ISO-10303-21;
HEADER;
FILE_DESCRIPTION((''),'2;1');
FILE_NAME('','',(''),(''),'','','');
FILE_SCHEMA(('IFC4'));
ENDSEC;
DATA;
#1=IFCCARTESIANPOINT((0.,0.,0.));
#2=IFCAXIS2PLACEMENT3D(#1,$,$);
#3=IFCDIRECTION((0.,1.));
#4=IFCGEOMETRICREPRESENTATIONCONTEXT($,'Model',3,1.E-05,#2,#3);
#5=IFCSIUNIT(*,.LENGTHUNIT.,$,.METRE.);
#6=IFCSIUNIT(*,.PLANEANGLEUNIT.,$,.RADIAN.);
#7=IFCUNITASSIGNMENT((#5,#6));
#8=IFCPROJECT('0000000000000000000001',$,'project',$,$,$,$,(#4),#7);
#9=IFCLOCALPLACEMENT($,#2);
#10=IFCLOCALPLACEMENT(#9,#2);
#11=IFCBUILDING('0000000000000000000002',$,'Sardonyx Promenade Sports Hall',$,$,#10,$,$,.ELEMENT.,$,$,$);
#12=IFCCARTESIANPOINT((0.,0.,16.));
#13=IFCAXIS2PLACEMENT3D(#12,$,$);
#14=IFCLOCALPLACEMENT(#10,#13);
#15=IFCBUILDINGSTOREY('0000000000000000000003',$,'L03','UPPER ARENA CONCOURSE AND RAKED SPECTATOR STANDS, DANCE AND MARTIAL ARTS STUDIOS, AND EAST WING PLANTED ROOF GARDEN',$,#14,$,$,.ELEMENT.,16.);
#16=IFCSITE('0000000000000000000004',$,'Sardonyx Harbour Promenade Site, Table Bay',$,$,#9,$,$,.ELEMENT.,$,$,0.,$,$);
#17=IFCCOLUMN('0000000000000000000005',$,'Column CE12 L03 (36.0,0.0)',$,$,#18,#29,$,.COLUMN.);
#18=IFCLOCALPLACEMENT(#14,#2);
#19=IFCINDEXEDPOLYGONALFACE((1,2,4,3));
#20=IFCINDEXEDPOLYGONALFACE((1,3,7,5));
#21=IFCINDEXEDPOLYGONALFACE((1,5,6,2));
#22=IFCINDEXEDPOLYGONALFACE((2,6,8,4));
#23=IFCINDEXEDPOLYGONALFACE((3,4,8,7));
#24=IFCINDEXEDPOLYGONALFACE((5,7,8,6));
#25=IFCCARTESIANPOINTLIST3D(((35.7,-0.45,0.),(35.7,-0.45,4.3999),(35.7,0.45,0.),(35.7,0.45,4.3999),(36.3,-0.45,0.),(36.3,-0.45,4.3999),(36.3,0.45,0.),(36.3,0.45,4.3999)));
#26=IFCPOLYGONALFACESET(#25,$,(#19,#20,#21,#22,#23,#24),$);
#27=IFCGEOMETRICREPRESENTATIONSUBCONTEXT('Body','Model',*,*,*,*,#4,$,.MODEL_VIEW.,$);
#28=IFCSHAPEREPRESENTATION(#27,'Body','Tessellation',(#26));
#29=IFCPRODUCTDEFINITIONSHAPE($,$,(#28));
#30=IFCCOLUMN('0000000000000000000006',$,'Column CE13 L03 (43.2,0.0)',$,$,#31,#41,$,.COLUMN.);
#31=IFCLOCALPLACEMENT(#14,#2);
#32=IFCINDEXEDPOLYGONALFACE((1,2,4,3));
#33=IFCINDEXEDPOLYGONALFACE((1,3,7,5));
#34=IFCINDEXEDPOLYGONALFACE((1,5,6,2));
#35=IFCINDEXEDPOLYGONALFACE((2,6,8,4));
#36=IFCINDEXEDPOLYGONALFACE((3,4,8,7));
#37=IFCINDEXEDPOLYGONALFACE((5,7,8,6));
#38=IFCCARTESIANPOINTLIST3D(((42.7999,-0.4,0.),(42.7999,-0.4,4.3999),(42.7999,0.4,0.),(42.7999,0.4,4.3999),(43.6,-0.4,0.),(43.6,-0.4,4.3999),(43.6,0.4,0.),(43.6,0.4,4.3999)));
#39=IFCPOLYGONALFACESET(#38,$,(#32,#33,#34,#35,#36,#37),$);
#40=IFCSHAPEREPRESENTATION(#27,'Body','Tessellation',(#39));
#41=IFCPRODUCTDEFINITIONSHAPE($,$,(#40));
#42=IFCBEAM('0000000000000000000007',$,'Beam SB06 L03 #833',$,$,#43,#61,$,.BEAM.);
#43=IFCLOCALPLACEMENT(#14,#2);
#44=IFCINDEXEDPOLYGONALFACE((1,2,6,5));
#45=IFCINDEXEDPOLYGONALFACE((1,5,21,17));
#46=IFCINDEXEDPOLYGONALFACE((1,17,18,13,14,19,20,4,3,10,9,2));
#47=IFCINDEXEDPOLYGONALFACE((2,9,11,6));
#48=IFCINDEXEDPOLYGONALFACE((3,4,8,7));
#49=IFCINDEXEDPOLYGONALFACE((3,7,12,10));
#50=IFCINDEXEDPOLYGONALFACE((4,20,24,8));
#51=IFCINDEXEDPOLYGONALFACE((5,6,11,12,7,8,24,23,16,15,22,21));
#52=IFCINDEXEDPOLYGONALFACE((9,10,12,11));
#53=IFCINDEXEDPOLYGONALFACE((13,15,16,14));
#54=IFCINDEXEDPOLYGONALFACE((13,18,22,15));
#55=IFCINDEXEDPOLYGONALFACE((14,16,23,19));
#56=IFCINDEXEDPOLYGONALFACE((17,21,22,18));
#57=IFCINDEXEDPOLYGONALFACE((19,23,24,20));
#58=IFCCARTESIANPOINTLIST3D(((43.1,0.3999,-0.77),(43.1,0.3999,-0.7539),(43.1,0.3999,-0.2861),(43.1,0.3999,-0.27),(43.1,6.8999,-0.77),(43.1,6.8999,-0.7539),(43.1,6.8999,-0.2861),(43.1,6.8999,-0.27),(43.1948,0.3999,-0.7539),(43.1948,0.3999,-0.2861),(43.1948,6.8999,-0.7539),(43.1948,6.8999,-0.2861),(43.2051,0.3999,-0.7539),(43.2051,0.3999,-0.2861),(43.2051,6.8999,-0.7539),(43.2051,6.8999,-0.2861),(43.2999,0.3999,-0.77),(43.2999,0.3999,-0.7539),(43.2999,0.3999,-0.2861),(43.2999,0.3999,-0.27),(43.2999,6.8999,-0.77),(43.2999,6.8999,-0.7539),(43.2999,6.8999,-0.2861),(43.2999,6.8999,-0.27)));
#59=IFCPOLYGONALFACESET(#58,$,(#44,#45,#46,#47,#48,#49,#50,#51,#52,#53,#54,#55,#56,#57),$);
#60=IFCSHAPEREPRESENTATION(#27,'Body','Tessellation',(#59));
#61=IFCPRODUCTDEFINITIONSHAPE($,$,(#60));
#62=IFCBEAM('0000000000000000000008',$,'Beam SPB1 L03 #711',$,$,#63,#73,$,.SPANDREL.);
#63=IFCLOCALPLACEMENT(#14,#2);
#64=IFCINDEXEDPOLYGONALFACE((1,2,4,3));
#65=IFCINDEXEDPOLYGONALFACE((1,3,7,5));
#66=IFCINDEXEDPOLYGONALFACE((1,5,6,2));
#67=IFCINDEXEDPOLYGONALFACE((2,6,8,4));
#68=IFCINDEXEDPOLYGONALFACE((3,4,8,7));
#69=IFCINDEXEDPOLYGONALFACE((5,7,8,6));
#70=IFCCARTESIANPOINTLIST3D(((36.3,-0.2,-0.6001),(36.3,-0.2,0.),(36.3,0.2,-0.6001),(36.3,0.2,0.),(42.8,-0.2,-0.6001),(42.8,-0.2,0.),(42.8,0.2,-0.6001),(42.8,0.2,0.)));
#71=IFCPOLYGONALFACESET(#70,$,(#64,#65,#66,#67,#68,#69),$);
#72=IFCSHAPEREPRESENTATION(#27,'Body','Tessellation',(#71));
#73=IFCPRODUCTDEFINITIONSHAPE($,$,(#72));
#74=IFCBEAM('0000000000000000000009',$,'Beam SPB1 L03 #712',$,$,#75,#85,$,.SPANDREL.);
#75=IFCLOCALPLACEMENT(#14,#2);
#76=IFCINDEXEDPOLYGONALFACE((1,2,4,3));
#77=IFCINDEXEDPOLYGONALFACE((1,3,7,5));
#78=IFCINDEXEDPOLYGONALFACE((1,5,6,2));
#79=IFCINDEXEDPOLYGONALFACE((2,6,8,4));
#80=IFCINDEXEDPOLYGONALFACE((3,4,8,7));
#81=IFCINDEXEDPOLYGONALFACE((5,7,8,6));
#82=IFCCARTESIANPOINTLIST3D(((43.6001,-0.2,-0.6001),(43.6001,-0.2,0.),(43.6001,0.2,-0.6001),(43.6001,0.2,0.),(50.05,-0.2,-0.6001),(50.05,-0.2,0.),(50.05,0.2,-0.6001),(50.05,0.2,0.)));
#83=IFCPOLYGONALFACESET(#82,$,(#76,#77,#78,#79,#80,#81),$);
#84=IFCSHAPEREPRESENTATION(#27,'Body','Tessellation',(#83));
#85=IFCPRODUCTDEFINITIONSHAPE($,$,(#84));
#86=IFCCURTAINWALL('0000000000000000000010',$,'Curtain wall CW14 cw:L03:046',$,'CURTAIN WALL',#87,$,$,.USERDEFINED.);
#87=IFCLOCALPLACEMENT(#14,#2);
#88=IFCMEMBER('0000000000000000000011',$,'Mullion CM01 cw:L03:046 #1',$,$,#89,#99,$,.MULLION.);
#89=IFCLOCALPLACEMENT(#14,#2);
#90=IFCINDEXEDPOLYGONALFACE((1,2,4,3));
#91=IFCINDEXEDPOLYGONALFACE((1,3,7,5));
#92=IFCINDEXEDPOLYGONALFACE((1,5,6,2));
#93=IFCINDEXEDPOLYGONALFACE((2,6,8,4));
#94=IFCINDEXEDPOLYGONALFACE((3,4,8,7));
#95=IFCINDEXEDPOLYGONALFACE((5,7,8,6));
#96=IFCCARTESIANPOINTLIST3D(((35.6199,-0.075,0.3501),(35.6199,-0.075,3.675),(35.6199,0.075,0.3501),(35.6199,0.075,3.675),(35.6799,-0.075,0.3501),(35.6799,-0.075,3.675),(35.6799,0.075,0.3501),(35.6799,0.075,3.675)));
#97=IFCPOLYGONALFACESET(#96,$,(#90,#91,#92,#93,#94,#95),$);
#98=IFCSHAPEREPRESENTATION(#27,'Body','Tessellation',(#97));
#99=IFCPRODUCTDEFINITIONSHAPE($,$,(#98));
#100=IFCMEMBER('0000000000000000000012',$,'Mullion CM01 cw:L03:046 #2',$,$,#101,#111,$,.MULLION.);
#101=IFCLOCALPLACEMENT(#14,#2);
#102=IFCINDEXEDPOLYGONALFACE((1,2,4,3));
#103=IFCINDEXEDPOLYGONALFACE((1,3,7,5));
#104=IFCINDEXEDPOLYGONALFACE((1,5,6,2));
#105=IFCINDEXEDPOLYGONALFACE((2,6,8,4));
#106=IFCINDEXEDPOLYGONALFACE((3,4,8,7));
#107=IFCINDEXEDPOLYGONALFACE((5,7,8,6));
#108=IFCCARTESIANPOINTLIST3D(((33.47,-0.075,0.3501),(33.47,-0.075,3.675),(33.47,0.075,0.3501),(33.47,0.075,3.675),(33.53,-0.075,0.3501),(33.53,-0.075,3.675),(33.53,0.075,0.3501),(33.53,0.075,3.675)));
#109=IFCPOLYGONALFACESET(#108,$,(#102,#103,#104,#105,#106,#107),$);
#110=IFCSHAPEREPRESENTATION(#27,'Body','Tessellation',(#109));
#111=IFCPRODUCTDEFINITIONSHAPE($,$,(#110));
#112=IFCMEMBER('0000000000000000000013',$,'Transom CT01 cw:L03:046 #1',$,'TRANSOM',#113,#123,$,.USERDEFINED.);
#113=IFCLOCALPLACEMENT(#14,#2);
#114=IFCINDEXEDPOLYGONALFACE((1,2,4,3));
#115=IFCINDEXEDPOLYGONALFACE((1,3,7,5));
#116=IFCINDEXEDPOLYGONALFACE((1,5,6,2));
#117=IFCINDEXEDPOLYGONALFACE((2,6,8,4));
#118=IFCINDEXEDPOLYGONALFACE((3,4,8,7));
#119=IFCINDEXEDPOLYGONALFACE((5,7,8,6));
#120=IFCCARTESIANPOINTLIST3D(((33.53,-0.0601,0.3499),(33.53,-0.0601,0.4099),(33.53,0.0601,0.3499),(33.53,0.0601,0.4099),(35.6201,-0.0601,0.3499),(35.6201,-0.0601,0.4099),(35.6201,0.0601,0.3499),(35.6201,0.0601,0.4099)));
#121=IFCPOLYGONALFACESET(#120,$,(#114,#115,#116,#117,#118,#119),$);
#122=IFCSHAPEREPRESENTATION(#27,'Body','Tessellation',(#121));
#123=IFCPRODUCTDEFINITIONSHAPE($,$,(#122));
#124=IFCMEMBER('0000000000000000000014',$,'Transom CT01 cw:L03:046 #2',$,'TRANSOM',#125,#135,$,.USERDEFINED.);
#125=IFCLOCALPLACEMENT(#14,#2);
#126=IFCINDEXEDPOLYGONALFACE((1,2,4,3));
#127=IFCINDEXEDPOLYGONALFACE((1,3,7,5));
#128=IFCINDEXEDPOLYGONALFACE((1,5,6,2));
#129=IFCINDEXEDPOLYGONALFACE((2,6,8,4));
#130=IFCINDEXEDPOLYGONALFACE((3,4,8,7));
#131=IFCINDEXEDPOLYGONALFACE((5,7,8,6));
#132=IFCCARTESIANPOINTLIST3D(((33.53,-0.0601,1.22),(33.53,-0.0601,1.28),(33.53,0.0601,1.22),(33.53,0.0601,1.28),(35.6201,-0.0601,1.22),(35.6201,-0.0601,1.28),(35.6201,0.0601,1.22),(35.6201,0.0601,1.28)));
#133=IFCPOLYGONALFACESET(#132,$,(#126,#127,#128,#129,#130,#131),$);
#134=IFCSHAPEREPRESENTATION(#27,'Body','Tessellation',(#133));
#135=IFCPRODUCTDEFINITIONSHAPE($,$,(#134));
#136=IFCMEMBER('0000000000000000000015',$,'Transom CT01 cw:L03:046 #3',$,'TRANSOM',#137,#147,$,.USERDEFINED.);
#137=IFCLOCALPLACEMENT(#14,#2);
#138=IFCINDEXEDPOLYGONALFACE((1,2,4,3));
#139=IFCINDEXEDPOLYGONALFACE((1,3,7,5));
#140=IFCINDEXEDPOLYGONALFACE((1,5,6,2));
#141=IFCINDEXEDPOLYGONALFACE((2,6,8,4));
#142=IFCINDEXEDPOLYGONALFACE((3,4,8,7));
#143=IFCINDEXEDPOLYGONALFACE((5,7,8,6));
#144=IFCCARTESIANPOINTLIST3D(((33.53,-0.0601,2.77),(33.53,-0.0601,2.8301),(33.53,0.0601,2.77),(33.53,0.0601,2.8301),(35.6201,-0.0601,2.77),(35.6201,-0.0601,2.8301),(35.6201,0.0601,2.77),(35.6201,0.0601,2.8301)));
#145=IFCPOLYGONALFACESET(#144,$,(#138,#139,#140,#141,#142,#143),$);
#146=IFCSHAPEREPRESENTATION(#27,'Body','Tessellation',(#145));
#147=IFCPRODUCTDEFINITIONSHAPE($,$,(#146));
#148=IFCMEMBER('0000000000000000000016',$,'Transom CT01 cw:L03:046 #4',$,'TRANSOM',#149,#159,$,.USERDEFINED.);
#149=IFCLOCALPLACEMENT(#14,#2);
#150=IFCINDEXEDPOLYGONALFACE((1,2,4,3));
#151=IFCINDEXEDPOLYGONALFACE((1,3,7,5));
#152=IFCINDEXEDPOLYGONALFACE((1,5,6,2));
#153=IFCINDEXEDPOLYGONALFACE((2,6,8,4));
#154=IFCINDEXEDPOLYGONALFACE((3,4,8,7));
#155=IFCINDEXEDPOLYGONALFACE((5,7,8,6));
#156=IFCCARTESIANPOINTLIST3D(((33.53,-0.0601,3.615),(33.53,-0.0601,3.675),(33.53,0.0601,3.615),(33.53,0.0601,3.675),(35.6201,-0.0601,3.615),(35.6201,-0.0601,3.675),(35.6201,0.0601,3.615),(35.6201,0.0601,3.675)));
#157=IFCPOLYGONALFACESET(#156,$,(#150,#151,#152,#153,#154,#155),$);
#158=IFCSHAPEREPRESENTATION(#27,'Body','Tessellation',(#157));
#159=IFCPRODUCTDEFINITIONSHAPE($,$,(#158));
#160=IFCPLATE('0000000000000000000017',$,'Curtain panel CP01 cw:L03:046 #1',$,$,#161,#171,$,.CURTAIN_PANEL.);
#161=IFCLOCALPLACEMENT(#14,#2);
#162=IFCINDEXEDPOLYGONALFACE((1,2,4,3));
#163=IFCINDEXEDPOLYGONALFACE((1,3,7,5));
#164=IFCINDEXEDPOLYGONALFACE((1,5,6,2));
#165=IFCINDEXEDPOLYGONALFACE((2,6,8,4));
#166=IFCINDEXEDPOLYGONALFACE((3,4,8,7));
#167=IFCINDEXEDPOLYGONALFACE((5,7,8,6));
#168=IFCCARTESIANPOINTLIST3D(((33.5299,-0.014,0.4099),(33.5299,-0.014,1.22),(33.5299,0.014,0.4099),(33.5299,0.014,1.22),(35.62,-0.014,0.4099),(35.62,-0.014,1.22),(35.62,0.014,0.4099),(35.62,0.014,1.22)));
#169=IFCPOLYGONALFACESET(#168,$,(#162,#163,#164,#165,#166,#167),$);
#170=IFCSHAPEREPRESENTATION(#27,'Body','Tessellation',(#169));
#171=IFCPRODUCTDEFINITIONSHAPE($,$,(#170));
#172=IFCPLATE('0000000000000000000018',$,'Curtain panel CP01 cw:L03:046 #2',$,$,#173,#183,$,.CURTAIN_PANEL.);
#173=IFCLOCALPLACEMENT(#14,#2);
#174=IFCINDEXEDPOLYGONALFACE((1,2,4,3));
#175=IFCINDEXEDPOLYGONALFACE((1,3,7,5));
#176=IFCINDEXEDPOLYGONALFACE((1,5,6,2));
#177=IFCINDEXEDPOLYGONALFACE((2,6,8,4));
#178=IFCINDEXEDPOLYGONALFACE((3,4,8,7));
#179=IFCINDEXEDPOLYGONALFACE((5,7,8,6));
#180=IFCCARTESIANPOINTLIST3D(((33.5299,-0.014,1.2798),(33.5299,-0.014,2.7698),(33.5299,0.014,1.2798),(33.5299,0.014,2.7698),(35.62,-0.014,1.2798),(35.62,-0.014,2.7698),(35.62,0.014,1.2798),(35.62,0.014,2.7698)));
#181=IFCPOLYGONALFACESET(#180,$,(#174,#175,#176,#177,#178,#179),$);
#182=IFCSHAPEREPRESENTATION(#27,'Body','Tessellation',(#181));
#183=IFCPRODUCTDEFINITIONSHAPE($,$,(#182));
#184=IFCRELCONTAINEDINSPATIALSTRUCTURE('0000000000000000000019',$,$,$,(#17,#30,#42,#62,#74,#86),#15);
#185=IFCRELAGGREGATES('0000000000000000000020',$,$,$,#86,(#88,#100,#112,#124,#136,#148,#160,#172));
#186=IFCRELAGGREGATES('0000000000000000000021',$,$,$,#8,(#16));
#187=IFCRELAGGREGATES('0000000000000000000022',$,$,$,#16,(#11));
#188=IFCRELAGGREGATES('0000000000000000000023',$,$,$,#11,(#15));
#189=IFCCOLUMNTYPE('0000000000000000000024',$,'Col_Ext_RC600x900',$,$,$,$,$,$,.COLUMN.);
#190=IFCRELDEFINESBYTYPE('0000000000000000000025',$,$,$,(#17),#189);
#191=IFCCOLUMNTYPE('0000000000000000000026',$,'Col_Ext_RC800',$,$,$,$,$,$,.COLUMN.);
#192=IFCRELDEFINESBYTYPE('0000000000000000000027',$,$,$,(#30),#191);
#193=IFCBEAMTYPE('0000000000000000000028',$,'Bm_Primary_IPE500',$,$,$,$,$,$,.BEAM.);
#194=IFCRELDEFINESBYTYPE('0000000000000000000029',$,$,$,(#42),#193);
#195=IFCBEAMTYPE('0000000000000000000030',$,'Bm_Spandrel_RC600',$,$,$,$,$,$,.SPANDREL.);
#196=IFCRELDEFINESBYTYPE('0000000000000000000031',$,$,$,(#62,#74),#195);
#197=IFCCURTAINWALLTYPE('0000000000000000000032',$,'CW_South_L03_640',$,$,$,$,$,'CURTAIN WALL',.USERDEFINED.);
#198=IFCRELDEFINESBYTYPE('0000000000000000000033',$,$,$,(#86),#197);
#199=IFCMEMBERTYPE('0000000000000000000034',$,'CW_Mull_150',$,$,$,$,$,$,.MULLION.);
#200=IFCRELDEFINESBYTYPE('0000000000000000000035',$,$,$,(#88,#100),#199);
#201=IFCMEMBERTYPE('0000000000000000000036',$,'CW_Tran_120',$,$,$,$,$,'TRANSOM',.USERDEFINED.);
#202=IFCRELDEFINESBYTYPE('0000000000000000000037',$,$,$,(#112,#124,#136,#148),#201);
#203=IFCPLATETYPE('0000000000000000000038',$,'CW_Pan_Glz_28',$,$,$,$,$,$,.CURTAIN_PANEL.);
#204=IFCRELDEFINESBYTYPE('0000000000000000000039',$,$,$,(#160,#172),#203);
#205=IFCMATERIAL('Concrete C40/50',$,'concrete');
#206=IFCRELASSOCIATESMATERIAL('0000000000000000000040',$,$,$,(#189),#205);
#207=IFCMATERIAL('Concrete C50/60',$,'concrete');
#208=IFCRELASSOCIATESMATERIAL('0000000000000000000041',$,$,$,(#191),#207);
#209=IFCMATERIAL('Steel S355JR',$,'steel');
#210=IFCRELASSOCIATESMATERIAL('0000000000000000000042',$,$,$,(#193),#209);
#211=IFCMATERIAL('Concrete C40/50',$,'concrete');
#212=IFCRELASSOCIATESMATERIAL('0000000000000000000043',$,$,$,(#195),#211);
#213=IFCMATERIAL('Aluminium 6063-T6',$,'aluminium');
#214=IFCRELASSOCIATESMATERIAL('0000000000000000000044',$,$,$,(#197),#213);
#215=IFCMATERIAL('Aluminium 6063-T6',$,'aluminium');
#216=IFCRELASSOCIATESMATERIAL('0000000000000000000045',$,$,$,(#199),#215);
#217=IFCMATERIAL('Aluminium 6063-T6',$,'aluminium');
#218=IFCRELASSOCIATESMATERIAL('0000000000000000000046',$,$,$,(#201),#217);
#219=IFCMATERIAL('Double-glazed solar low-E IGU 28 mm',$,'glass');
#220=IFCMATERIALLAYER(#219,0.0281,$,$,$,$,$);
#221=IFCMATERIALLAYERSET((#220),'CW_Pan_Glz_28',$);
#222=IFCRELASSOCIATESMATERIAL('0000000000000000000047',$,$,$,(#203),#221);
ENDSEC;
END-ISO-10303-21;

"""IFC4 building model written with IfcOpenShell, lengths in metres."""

from ifc_helpers import new_model, si_unit, direction, frame, origin, origin_2d, place, context, subcontext, project, spatial, rectangle, i_section, extrude, material, layer, layer_set, material_profile, profile_set, type_object, element, aggregate, save


model = new_model("IFC4")

# Units and contexts
model_context = context("Model", 3, precision=1e-05, world=origin(), true_north=direction((0.0, 1.0)))
body_context = subcontext(model_context, "Body", "Model", "MODEL_VIEW")
ifc_project = project(units=[si_unit("LENGTHUNIT", "METRE"), si_unit("PLANEANGLEUNIT", "RADIAN")], contexts=[model_context])

# Site, building, storey
site_placement = place(None, origin())
site = spatial("IfcSite", under=ifc_project, at=site_placement, Name="Sardonyx Harbour Promenade Site, Table Bay", CompositionType="ELEMENT", RefElevation=0.0)
building_placement = place(site_placement, origin())
building = spatial("IfcBuilding", under=site, at=building_placement, Name="Sardonyx Promenade Sports Hall", CompositionType="ELEMENT")
storey_placement = place(building_placement, frame((0.0, 0.0, 16.0)))
storey = spatial("IfcBuildingStorey", under=building, at=storey_placement, Name="L03", Description="UPPER ARENA CONCOURSE AND RAKED SPECTATOR STANDS, DANCE AND MARTIAL ARTS STUDIOS, AND EAST WING PLANTED ROOF GARDEN", CompositionType="ELEMENT", Elevation=16.0)

# Columns
ifc_material_1 = material(Name="Concrete C40/50", Category="concrete")
ifc_material_profile_1 = material_profile(ifc_material_1, rectangle(XDim=0.6001, YDim=0.8999, at=origin_2d()))
ifc_profile_set_1 = profile_set([ifc_material_profile_1], Name="Concrete C40/50")
column_type_1 = type_object("IfcColumnType", Name="Col_Ext_RC600x900", PredefinedType="COLUMN", material=ifc_profile_set_1)
column_1_placement = place(storey_placement, frame((36.0, 0.0, 0.0), z_axis=(0.0, 0.0, 1.0), x_axis=(1.0, 0.0, 0.0)))
element("IfcColumn", 1, at=column_1_placement, inside=storey, type_object=column_type_1, Name="Column CE12 L03 (36.0,0.0)", PredefinedType="COLUMN", context=body_context, shape_type="SweptSolid", body=[
    extrude(rectangle(XDim=0.6001, YDim=0.8999, at=origin_2d()), origin(), (0.0, 0.0, 1.0), 4.3999),
])
ifc_material_2 = material(Name="Concrete C50/60", Category="concrete")
ifc_material_profile_2 = material_profile(ifc_material_2, rectangle(XDim=0.8, YDim=0.8, at=origin_2d()))
ifc_profile_set_2 = profile_set([ifc_material_profile_2], Name="Concrete C50/60")
column_type_2 = type_object("IfcColumnType", Name="Col_Ext_RC800", PredefinedType="COLUMN", material=ifc_profile_set_2)
column_2_placement = place(storey_placement, frame((43.2, 0.0, 0.0), z_axis=(0.0, 0.0, 1.0), x_axis=(1.0, 0.0, 0.0)))
element("IfcColumn", 2, at=column_2_placement, inside=storey, type_object=column_type_2, Name="Column CE13 L03 (43.2,0.0)", PredefinedType="COLUMN", context=body_context, shape_type="SweptSolid", body=[
    extrude(rectangle(XDim=0.8, YDim=0.8, at=origin_2d()), origin(), (0.0, 0.0, 1.0), 4.3999),
])

# Beams
ifc_material_3 = material(Name="Steel S355JR", Category="steel")
ifc_material_profile_3 = material_profile(ifc_material_3, i_section(OverallWidth=0.2, OverallDepth=0.5, WebThickness=0.0103, FlangeThickness=0.0161, at=origin_2d()))
ifc_profile_set_3 = profile_set([ifc_material_profile_3], Name="Steel S355JR")
beam_type_1 = type_object("IfcBeamType", Name="Bm_Primary_IPE500", PredefinedType="BEAM", material=ifc_profile_set_3)
beam_1_placement = place(storey_placement, frame((43.2, 0.3999, -0.52), z_axis=(0.0, 1.0, 0.0), x_axis=(-1.0, 0.0, 0.0)))
element("IfcBeam", 3, at=beam_1_placement, inside=storey, type_object=beam_type_1, Name="Beam SB06 L03 #833", PredefinedType="BEAM", context=body_context, shape_type="SweptSolid", body=[
    extrude(i_section(OverallWidth=0.2, OverallDepth=0.5, WebThickness=0.0103, FlangeThickness=0.0161, at=origin_2d()), origin(), (0.0, 0.0, 1.0), 6.5),
])
ifc_material_4 = material(Name="Concrete C40/50", Category="concrete")
ifc_material_profile_4 = material_profile(ifc_material_4, rectangle(XDim=0.3999, YDim=0.6001, at=origin_2d()))
ifc_profile_set_4 = profile_set([ifc_material_profile_4], Name="Concrete C40/50")
beam_type_2 = type_object("IfcBeamType", Name="Bm_Spandrel_RC600", PredefinedType="SPANDREL", material=ifc_profile_set_4)
beam_2_placement = place(storey_placement, frame((36.3, 0.0, -0.3), z_axis=(1.0, 0.0, 0.0), x_axis=(0.0, 1.0, 0.0)))
element("IfcBeam", 4, at=beam_2_placement, inside=storey, type_object=beam_type_2, Name="Beam SPB1 L03 #711", PredefinedType="SPANDREL", context=body_context, shape_type="SweptSolid", body=[
    extrude(rectangle(XDim=0.3999, YDim=0.6001, at=origin_2d()), origin(), (0.0, 0.0, 1.0), 6.5),
])
beam_3_placement = place(storey_placement, frame((43.6001, 0.0, -0.3), z_axis=(1.0, 0.0, 0.0), x_axis=(0.0, 1.0, 0.0)))
element("IfcBeam", 5, at=beam_3_placement, inside=storey, type_object=beam_type_2, Name="Beam SPB1 L03 #712", PredefinedType="SPANDREL", context=body_context, shape_type="SweptSolid", body=[
    extrude(rectangle(XDim=0.3999, YDim=0.6001, at=origin_2d()), origin(), (0.0, 0.0, 1.0), 6.45),
])

# Curtain wall, members, plates
ifc_material_5 = material(Name="Aluminium 6063-T6", Category="aluminium")
curtain_wall_type = type_object("IfcCurtainWallType", Name="CW_South_L03_640", ElementType="CURTAIN WALL", PredefinedType="USERDEFINED", material=ifc_material_5)
curtain_wall_placement = place(storey_placement, origin())
curtain_wall = element("IfcCurtainWall", 6, at=curtain_wall_placement, inside=storey, type_object=curtain_wall_type, Name="Curtain wall CW14 cw:L03:046", ObjectType="CURTAIN WALL", PredefinedType="USERDEFINED")
ifc_material_6 = material(Name="Aluminium 6063-T6", Category="aluminium")
ifc_material_profile_5 = material_profile(ifc_material_6, rectangle(XDim=0.0601, YDim=0.1499, at=origin_2d()))
ifc_profile_set_5 = profile_set([ifc_material_profile_5], Name="Aluminium 6063-T6")
member_type_1 = type_object("IfcMemberType", Name="CW_Mull_150", PredefinedType="MULLION", material=ifc_profile_set_5)
member_1_placement = place(storey_placement, frame((35.6499, 0.0, 0.3501), z_axis=(0.0, 0.0, 1.0), x_axis=(-1.0, 0.0, 0.0)))
member_1 = element("IfcMember", 7, at=member_1_placement, type_object=member_type_1, Name="Mullion CM01 cw:L03:046 #1", PredefinedType="MULLION", context=body_context, shape_type="SweptSolid", body=[
    extrude(rectangle(XDim=0.0601, YDim=0.1499, at=origin_2d()), origin(), (0.0, 0.0, 1.0), 3.325),
])
member_2_placement = place(storey_placement, frame((33.5, 0.0, 0.3501), z_axis=(0.0, 0.0, 1.0), x_axis=(-1.0, 0.0, 0.0)))
member_2 = element("IfcMember", 8, at=member_2_placement, type_object=member_type_1, Name="Mullion CM01 cw:L03:046 #2", PredefinedType="MULLION", context=body_context, shape_type="SweptSolid", body=[
    extrude(rectangle(XDim=0.0601, YDim=0.1499, at=origin_2d()), origin(), (0.0, 0.0, 1.0), 3.325),
])
ifc_material_7 = material(Name="Aluminium 6063-T6", Category="aluminium")
ifc_material_profile_6 = material_profile(ifc_material_7, rectangle(XDim=0.0601, YDim=0.1201, at=origin_2d()))
ifc_profile_set_6 = profile_set([ifc_material_profile_6], Name="Aluminium 6063-T6")
member_type_2 = type_object("IfcMemberType", Name="CW_Tran_120", ElementType="TRANSOM", PredefinedType="USERDEFINED", material=ifc_profile_set_6)
member_3_placement = place(storey_placement, frame((35.6201, 0.0, 0.3799), z_axis=(-1.0, 0.0, 0.0), x_axis=(0.0, 0.0, 1.0)))
member_3 = element("IfcMember", 9, at=member_3_placement, type_object=member_type_2, Name="Transom CT01 cw:L03:046 #1", ObjectType="TRANSOM", PredefinedType="USERDEFINED", context=body_context, shape_type="SweptSolid", body=[
    extrude(rectangle(XDim=0.0601, YDim=0.1201, at=origin_2d()), origin(), (0.0, 0.0, 1.0), 2.0901),
])
member_4_placement = place(storey_placement, frame((35.6201, 0.0, 1.25), z_axis=(-1.0, 0.0, 0.0), x_axis=(0.0, 0.0, 1.0)))
member_4 = element("IfcMember", 10, at=member_4_placement, type_object=member_type_2, Name="Transom CT01 cw:L03:046 #2", ObjectType="TRANSOM", PredefinedType="USERDEFINED", context=body_context, shape_type="SweptSolid", body=[
    extrude(rectangle(XDim=0.0601, YDim=0.1201, at=origin_2d()), origin(), (0.0, 0.0, 1.0), 2.0901),
])
member_5_placement = place(storey_placement, frame((35.6201, 0.0, 2.8), z_axis=(-1.0, 0.0, 0.0), x_axis=(0.0, 0.0, 1.0)))
member_5 = element("IfcMember", 11, at=member_5_placement, type_object=member_type_2, Name="Transom CT01 cw:L03:046 #3", ObjectType="TRANSOM", PredefinedType="USERDEFINED", context=body_context, shape_type="SweptSolid", body=[
    extrude(rectangle(XDim=0.0601, YDim=0.1201, at=origin_2d()), origin(), (0.0, 0.0, 1.0), 2.0901),
])
member_6_placement = place(storey_placement, frame((35.6201, 0.0, 3.645), z_axis=(-1.0, 0.0, 0.0), x_axis=(0.0, 0.0, 1.0)))
member_6 = element("IfcMember", 12, at=member_6_placement, type_object=member_type_2, Name="Transom CT01 cw:L03:046 #4", ObjectType="TRANSOM", PredefinedType="USERDEFINED", context=body_context, shape_type="SweptSolid", body=[
    extrude(rectangle(XDim=0.0601, YDim=0.1201, at=origin_2d()), origin(), (0.0, 0.0, 1.0), 2.0901),
])
ifc_material_8 = material(Name="Double-glazed solar low-E IGU 28 mm", Category="glass")
ifc_layer_1 = layer(ifc_material_8, 0.0281)
ifc_layer_set_1 = layer_set([ifc_layer_1], Name="CW_Pan_Glz_28")
plate_type = type_object("IfcPlateType", Name="CW_Pan_Glz_28", PredefinedType="CURTAIN_PANEL", material=ifc_layer_set_1)
plate_1_placement = place(storey_placement, frame((34.575, 0.0, 0.4099), z_axis=(0.0, 0.0, 1.0), x_axis=(-1.0, 0.0, 0.0)))
plate_1 = element("IfcPlate", 13, at=plate_1_placement, type_object=plate_type, Name="Curtain panel CP01 cw:L03:046 #1", PredefinedType="CURTAIN_PANEL", context=body_context, shape_type="SweptSolid", body=[
    extrude(rectangle(XDim=2.0901, YDim=0.0281, at=origin_2d()), origin(), (0.0, 0.0, 1.0), 0.8101),
])
plate_2_placement = place(storey_placement, frame((34.575, 0.0, 1.2798), z_axis=(0.0, 0.0, 1.0), x_axis=(-1.0, 0.0, 0.0)))
plate_2 = element("IfcPlate", 14, at=plate_2_placement, type_object=plate_type, Name="Curtain panel CP01 cw:L03:046 #2", PredefinedType="CURTAIN_PANEL", context=body_context, shape_type="SweptSolid", body=[
    extrude(rectangle(XDim=2.0901, YDim=0.0281, at=origin_2d()), origin(), (0.0, 0.0, 1.0), 1.49),
])
aggregate(curtain_wall, [member_1, member_2, member_3, member_4, member_5, member_6, plate_1, plate_2])

save(model, "model.ifc")
